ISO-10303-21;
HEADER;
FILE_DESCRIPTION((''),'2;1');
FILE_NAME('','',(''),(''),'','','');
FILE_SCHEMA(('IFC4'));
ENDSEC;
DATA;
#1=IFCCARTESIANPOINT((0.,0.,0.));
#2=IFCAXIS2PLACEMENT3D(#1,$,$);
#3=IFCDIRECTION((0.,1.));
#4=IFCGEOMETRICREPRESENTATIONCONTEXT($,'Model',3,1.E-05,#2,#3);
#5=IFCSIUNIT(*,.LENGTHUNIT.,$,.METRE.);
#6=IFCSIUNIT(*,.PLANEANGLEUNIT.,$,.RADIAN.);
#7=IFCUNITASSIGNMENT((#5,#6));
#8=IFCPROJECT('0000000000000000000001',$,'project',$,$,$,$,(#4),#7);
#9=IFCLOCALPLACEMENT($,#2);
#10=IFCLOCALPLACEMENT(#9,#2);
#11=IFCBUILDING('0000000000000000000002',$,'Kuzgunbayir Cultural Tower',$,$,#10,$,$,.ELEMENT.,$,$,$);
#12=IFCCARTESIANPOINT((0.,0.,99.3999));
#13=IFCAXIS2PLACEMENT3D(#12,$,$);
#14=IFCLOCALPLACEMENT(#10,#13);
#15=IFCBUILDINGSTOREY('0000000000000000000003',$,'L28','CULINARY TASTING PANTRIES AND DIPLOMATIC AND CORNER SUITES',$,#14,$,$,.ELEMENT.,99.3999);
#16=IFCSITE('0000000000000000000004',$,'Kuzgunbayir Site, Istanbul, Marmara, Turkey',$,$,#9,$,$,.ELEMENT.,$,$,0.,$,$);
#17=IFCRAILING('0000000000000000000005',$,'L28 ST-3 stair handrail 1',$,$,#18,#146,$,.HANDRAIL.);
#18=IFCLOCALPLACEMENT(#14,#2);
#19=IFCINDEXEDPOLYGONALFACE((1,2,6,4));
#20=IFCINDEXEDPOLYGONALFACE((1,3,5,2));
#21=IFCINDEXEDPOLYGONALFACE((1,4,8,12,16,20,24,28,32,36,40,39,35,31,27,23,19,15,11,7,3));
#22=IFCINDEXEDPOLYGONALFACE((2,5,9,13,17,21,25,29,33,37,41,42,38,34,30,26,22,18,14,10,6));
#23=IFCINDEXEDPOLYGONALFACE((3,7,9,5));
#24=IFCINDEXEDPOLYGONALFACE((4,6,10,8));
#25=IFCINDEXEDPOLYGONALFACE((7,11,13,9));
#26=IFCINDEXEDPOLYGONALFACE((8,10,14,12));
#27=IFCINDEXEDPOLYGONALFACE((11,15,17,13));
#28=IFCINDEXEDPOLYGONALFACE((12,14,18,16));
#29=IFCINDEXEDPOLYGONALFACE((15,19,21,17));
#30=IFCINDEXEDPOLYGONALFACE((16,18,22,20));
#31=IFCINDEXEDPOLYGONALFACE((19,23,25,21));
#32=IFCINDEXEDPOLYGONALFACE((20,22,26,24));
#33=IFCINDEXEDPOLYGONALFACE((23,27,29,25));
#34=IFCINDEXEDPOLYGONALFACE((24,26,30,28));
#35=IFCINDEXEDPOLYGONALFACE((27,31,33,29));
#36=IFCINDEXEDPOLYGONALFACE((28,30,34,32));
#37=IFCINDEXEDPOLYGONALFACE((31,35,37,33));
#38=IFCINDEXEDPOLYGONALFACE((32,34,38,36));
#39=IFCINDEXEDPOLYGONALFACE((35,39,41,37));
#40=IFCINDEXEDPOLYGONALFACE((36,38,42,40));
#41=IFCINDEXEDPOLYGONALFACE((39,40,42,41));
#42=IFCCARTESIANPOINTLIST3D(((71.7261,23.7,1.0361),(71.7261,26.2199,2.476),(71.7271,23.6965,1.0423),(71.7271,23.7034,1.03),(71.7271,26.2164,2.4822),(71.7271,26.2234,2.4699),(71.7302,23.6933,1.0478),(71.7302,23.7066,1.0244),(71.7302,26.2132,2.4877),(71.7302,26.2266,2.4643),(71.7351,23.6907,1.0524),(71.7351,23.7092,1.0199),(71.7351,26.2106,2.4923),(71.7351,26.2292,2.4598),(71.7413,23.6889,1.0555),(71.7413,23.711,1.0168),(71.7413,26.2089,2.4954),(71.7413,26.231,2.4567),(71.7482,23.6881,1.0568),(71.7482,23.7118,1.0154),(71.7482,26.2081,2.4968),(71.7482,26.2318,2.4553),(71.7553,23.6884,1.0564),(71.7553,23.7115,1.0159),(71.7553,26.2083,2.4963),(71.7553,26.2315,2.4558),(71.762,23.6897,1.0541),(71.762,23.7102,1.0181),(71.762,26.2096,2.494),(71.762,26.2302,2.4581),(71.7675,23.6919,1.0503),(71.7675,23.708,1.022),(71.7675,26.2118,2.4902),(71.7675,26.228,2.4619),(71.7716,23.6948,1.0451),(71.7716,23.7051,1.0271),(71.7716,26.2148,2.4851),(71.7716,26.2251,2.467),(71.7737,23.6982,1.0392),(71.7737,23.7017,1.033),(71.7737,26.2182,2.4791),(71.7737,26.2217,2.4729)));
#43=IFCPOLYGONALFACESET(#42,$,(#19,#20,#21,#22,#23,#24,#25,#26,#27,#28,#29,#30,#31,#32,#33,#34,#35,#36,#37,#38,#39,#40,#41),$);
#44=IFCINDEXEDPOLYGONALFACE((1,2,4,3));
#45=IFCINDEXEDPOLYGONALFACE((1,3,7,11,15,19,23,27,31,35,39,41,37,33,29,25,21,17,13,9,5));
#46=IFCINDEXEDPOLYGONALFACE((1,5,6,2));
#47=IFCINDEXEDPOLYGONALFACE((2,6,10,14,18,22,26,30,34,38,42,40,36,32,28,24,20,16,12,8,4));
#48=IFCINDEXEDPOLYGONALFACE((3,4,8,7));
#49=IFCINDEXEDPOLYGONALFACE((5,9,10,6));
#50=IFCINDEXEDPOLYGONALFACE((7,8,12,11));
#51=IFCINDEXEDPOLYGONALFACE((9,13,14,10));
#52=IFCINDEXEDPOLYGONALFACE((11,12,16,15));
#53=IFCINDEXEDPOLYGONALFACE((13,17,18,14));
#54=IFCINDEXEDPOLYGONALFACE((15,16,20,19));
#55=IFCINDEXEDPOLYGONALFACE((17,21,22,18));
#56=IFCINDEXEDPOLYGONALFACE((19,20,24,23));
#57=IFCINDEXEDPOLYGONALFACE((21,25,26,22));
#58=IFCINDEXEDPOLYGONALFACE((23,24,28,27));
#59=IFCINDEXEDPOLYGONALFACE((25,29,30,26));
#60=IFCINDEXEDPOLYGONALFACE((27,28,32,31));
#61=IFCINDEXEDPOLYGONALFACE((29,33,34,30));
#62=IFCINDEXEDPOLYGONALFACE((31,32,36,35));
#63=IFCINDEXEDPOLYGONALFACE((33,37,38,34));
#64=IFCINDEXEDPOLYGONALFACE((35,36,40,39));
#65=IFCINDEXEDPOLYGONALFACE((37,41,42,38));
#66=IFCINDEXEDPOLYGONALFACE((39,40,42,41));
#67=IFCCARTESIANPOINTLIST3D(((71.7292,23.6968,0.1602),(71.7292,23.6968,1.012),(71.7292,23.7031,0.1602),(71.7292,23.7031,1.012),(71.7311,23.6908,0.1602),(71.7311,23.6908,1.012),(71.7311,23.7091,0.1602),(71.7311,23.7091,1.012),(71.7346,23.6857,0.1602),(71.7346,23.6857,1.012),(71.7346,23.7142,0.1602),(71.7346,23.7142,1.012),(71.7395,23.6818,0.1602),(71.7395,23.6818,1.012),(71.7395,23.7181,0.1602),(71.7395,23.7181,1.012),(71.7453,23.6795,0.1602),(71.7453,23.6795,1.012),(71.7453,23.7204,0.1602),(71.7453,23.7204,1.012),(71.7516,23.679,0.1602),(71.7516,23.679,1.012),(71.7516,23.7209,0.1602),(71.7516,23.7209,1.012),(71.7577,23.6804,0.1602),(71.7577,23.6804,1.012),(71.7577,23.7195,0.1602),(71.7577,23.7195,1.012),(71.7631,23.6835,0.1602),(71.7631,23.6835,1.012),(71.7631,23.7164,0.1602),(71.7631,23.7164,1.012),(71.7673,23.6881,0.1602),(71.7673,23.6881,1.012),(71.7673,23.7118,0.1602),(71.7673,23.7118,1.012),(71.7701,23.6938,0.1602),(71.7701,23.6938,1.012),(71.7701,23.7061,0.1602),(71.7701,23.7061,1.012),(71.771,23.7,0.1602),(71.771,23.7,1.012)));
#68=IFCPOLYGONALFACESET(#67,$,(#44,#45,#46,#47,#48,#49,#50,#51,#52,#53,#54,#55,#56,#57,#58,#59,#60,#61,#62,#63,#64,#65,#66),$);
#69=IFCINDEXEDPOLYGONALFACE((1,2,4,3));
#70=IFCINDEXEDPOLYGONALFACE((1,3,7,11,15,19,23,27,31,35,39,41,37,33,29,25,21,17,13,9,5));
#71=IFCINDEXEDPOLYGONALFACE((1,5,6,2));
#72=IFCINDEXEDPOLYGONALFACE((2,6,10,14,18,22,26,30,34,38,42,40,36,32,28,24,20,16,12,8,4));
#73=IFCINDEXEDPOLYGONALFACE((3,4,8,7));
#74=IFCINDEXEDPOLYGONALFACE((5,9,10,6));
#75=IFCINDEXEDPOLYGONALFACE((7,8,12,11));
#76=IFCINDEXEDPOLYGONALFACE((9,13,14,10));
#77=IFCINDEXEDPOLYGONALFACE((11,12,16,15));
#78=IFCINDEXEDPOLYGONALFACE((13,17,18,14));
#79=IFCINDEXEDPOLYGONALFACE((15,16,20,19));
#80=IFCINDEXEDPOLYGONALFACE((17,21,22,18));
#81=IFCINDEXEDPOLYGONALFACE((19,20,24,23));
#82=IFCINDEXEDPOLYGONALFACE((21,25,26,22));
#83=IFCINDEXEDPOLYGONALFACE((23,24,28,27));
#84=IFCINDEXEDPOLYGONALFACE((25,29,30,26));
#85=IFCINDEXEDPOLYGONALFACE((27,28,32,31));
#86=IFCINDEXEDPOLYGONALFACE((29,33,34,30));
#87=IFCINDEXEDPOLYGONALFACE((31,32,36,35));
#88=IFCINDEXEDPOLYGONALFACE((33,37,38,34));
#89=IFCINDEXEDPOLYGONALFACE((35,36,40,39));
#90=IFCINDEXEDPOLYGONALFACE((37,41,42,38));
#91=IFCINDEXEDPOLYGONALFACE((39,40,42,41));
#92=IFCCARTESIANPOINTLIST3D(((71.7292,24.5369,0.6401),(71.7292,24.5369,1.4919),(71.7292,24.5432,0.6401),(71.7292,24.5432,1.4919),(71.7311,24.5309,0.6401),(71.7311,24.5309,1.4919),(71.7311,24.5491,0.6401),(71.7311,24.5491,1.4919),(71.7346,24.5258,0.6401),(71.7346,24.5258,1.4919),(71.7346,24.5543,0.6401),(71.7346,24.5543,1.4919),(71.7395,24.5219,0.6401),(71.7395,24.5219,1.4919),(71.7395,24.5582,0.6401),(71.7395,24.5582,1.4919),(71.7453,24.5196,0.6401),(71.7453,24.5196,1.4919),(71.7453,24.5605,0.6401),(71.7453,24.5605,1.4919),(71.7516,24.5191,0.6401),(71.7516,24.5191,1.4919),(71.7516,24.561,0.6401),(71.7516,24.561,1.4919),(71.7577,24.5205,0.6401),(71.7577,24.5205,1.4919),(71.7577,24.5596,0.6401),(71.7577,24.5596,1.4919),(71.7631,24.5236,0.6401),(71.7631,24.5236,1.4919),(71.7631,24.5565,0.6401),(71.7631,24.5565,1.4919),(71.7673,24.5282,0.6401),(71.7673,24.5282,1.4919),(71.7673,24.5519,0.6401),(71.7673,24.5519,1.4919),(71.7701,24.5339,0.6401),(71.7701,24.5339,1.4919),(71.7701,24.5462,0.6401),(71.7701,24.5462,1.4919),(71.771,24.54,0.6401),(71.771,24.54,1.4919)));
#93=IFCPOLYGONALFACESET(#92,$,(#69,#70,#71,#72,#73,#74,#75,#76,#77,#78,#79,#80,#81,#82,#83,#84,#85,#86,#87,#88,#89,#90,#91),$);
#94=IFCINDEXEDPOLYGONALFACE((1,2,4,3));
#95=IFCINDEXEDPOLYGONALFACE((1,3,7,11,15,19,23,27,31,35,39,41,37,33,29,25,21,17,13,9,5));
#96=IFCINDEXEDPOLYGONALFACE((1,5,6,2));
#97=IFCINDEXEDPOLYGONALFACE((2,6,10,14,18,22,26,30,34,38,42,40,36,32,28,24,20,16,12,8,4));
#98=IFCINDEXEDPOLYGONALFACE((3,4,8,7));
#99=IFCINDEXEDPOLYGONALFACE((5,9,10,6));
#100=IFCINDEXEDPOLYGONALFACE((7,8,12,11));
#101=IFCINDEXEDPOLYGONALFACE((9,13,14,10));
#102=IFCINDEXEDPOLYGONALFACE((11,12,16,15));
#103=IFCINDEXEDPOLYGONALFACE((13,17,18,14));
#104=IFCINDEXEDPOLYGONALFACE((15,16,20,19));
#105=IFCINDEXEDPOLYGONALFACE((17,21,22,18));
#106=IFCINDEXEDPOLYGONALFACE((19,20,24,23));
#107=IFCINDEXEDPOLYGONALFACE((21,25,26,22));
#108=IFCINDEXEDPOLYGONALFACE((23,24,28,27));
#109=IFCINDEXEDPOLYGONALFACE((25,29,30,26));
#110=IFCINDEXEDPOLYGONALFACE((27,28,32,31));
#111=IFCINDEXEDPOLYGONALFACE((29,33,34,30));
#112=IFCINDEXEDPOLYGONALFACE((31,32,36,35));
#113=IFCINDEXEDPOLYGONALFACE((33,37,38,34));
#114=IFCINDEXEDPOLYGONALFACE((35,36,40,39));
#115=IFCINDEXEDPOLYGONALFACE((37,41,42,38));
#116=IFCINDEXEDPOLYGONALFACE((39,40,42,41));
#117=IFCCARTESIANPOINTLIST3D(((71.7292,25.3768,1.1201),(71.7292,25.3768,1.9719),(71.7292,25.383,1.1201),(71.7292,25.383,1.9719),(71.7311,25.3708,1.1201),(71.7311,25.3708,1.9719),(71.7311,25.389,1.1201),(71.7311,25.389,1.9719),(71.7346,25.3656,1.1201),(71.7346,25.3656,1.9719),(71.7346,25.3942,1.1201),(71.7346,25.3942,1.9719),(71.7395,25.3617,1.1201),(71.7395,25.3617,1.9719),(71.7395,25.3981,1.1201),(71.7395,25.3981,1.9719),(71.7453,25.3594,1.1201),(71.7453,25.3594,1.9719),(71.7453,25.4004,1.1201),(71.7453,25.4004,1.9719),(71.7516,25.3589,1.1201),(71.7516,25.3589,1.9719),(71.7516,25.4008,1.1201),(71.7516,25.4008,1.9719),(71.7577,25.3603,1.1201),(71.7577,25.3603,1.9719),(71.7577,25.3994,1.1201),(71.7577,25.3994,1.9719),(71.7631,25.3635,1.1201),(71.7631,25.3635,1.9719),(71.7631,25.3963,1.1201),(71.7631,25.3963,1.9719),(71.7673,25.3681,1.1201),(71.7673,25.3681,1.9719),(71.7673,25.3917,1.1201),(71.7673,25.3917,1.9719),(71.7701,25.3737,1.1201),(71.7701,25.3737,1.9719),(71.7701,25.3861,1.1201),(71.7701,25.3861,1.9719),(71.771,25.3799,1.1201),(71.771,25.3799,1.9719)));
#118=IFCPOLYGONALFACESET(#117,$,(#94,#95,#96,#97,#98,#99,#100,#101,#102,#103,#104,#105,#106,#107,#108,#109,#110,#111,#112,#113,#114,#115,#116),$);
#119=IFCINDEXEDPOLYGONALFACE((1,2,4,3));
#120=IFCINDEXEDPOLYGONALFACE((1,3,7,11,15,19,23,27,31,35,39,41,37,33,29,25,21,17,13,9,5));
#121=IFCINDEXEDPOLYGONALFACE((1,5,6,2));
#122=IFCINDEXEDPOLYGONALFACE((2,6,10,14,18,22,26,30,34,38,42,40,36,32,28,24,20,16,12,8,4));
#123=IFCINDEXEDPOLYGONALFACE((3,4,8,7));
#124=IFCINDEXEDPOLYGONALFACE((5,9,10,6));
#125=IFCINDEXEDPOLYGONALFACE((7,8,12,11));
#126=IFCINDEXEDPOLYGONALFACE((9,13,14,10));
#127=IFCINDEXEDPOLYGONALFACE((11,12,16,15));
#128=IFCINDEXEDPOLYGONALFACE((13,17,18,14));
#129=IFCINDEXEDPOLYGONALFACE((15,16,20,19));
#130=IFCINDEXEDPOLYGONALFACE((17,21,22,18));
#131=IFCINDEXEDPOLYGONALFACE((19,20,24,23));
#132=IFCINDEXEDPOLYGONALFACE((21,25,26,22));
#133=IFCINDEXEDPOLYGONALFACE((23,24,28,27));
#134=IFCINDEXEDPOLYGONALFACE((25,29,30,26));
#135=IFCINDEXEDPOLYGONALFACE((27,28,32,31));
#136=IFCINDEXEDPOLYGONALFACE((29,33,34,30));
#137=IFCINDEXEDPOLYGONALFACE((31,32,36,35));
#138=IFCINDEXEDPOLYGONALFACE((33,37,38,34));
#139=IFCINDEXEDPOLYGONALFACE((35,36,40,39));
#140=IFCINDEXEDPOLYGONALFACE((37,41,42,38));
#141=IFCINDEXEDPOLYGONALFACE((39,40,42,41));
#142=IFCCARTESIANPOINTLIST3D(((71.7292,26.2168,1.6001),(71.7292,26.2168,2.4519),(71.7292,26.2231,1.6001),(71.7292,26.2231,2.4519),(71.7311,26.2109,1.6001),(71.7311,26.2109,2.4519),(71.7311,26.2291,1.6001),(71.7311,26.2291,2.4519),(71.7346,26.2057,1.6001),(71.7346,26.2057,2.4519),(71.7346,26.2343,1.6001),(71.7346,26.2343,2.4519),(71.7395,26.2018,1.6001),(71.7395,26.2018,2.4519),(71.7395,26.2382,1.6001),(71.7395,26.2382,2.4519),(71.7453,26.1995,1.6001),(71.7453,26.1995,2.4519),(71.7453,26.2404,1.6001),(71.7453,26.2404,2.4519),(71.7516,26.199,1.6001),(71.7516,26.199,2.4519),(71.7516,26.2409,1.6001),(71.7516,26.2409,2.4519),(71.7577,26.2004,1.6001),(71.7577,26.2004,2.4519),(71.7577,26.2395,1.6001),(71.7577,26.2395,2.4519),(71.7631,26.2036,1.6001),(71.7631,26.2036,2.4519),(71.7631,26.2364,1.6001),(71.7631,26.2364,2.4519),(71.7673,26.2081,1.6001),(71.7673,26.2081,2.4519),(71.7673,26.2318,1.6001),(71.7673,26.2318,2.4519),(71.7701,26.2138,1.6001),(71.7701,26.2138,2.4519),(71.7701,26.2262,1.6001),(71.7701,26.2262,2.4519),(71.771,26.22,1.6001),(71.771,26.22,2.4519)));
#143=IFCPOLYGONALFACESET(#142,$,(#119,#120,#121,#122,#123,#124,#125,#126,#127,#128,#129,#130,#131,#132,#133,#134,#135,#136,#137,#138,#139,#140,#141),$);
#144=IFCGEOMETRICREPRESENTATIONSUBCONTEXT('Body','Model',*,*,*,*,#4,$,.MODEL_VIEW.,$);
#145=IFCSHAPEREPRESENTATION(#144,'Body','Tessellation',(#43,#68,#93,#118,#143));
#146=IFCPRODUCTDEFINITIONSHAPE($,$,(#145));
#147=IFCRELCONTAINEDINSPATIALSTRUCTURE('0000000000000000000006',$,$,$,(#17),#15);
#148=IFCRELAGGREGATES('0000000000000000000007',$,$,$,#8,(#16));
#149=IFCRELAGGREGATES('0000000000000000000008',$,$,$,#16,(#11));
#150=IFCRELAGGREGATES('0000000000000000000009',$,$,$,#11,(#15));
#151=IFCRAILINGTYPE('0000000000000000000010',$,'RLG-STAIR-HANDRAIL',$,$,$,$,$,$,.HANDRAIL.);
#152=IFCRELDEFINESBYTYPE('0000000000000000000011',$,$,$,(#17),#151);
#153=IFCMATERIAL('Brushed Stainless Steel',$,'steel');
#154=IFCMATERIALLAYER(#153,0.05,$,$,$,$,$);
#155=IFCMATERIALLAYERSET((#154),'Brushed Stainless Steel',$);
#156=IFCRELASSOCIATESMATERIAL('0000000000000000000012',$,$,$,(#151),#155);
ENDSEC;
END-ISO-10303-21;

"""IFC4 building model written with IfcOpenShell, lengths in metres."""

from ifc_helpers import new_model, si_unit, direction, frame, origin, origin_2d, place, context, subcontext, project, spatial, circle, extrude, material, layer, layer_set, type_object, element, save


model = new_model("IFC4")

# Units and contexts
model_context = context("Model", 3, precision=1e-05, world=origin(), true_north=direction((0.0, 1.0)))
body_context = subcontext(model_context, "Body", "Model", "MODEL_VIEW")
ifc_project = project(units=[si_unit("LENGTHUNIT", "METRE"), si_unit("PLANEANGLEUNIT", "RADIAN")], contexts=[model_context])

# Site, building, storey
site_placement = place(None, origin())
site = spatial("IfcSite", under=ifc_project, at=site_placement, Name="Kuzgunbayir Site, Istanbul, Marmara, Turkey", CompositionType="ELEMENT", RefElevation=0.0)
building_placement = place(site_placement, origin())
building = spatial("IfcBuilding", under=site, at=building_placement, Name="Kuzgunbayir Cultural Tower", CompositionType="ELEMENT")
storey_placement = place(building_placement, frame((0.0, 0.0, 99.3999)))
storey = spatial("IfcBuildingStorey", under=building, at=storey_placement, Name="L28", Description="CULINARY TASTING PANTRIES AND DIPLOMATIC AND CORNER SUITES", CompositionType="ELEMENT", Elevation=99.3999)

# Railing
ifc_material_1 = material(Name="Brushed Stainless Steel", Category="steel")
ifc_layer_1 = layer(ifc_material_1, 0.05)
ifc_layer_set_1 = layer_set([ifc_layer_1], Name="Brushed Stainless Steel")
railing_type_1 = type_object("IfcRailingType", Name="RLG-STAIR-HANDRAIL", PredefinedType="HANDRAIL", material=ifc_layer_set_1)
railing_1_placement = place(storey_placement, frame((71.75, 23.7, 0.1602)))
element("IfcRailing", 1, at=railing_1_placement, inside=storey, type_object=railing_type_1, Name="L28 ST-3 stair handrail 1", PredefinedType="HANDRAIL", context=body_context, shape_type="SweptSolid", body=[
    extrude(circle(Radius=0.0239, at=origin_2d()), frame((0.0, 0.0, 0.876), z_axis=(0.0, 0.868253, 0.496121), x_axis=(-1.0, 0.0, 0.0)), (0.0, 0.0, 1.0), 2.9023),
    extrude(circle(Radius=0.021, at=origin_2d()), origin(), (0.0, 0.0, 1.0), 0.8518),
    extrude(circle(Radius=0.021, at=origin_2d()), frame((0.0, 0.8401, 0.48)), (0.0, 0.0, 1.0), 0.8518),
    extrude(circle(Radius=0.021, at=origin_2d()), frame((0.0, 1.6799, 0.96)), (0.0, 0.0, 1.0), 0.8518),
    extrude(circle(Radius=0.021, at=origin_2d()), frame((0.0, 2.52, 1.4399)), (0.0, 0.0, 1.0), 0.8518),
])

save(model, "model.ifc")
